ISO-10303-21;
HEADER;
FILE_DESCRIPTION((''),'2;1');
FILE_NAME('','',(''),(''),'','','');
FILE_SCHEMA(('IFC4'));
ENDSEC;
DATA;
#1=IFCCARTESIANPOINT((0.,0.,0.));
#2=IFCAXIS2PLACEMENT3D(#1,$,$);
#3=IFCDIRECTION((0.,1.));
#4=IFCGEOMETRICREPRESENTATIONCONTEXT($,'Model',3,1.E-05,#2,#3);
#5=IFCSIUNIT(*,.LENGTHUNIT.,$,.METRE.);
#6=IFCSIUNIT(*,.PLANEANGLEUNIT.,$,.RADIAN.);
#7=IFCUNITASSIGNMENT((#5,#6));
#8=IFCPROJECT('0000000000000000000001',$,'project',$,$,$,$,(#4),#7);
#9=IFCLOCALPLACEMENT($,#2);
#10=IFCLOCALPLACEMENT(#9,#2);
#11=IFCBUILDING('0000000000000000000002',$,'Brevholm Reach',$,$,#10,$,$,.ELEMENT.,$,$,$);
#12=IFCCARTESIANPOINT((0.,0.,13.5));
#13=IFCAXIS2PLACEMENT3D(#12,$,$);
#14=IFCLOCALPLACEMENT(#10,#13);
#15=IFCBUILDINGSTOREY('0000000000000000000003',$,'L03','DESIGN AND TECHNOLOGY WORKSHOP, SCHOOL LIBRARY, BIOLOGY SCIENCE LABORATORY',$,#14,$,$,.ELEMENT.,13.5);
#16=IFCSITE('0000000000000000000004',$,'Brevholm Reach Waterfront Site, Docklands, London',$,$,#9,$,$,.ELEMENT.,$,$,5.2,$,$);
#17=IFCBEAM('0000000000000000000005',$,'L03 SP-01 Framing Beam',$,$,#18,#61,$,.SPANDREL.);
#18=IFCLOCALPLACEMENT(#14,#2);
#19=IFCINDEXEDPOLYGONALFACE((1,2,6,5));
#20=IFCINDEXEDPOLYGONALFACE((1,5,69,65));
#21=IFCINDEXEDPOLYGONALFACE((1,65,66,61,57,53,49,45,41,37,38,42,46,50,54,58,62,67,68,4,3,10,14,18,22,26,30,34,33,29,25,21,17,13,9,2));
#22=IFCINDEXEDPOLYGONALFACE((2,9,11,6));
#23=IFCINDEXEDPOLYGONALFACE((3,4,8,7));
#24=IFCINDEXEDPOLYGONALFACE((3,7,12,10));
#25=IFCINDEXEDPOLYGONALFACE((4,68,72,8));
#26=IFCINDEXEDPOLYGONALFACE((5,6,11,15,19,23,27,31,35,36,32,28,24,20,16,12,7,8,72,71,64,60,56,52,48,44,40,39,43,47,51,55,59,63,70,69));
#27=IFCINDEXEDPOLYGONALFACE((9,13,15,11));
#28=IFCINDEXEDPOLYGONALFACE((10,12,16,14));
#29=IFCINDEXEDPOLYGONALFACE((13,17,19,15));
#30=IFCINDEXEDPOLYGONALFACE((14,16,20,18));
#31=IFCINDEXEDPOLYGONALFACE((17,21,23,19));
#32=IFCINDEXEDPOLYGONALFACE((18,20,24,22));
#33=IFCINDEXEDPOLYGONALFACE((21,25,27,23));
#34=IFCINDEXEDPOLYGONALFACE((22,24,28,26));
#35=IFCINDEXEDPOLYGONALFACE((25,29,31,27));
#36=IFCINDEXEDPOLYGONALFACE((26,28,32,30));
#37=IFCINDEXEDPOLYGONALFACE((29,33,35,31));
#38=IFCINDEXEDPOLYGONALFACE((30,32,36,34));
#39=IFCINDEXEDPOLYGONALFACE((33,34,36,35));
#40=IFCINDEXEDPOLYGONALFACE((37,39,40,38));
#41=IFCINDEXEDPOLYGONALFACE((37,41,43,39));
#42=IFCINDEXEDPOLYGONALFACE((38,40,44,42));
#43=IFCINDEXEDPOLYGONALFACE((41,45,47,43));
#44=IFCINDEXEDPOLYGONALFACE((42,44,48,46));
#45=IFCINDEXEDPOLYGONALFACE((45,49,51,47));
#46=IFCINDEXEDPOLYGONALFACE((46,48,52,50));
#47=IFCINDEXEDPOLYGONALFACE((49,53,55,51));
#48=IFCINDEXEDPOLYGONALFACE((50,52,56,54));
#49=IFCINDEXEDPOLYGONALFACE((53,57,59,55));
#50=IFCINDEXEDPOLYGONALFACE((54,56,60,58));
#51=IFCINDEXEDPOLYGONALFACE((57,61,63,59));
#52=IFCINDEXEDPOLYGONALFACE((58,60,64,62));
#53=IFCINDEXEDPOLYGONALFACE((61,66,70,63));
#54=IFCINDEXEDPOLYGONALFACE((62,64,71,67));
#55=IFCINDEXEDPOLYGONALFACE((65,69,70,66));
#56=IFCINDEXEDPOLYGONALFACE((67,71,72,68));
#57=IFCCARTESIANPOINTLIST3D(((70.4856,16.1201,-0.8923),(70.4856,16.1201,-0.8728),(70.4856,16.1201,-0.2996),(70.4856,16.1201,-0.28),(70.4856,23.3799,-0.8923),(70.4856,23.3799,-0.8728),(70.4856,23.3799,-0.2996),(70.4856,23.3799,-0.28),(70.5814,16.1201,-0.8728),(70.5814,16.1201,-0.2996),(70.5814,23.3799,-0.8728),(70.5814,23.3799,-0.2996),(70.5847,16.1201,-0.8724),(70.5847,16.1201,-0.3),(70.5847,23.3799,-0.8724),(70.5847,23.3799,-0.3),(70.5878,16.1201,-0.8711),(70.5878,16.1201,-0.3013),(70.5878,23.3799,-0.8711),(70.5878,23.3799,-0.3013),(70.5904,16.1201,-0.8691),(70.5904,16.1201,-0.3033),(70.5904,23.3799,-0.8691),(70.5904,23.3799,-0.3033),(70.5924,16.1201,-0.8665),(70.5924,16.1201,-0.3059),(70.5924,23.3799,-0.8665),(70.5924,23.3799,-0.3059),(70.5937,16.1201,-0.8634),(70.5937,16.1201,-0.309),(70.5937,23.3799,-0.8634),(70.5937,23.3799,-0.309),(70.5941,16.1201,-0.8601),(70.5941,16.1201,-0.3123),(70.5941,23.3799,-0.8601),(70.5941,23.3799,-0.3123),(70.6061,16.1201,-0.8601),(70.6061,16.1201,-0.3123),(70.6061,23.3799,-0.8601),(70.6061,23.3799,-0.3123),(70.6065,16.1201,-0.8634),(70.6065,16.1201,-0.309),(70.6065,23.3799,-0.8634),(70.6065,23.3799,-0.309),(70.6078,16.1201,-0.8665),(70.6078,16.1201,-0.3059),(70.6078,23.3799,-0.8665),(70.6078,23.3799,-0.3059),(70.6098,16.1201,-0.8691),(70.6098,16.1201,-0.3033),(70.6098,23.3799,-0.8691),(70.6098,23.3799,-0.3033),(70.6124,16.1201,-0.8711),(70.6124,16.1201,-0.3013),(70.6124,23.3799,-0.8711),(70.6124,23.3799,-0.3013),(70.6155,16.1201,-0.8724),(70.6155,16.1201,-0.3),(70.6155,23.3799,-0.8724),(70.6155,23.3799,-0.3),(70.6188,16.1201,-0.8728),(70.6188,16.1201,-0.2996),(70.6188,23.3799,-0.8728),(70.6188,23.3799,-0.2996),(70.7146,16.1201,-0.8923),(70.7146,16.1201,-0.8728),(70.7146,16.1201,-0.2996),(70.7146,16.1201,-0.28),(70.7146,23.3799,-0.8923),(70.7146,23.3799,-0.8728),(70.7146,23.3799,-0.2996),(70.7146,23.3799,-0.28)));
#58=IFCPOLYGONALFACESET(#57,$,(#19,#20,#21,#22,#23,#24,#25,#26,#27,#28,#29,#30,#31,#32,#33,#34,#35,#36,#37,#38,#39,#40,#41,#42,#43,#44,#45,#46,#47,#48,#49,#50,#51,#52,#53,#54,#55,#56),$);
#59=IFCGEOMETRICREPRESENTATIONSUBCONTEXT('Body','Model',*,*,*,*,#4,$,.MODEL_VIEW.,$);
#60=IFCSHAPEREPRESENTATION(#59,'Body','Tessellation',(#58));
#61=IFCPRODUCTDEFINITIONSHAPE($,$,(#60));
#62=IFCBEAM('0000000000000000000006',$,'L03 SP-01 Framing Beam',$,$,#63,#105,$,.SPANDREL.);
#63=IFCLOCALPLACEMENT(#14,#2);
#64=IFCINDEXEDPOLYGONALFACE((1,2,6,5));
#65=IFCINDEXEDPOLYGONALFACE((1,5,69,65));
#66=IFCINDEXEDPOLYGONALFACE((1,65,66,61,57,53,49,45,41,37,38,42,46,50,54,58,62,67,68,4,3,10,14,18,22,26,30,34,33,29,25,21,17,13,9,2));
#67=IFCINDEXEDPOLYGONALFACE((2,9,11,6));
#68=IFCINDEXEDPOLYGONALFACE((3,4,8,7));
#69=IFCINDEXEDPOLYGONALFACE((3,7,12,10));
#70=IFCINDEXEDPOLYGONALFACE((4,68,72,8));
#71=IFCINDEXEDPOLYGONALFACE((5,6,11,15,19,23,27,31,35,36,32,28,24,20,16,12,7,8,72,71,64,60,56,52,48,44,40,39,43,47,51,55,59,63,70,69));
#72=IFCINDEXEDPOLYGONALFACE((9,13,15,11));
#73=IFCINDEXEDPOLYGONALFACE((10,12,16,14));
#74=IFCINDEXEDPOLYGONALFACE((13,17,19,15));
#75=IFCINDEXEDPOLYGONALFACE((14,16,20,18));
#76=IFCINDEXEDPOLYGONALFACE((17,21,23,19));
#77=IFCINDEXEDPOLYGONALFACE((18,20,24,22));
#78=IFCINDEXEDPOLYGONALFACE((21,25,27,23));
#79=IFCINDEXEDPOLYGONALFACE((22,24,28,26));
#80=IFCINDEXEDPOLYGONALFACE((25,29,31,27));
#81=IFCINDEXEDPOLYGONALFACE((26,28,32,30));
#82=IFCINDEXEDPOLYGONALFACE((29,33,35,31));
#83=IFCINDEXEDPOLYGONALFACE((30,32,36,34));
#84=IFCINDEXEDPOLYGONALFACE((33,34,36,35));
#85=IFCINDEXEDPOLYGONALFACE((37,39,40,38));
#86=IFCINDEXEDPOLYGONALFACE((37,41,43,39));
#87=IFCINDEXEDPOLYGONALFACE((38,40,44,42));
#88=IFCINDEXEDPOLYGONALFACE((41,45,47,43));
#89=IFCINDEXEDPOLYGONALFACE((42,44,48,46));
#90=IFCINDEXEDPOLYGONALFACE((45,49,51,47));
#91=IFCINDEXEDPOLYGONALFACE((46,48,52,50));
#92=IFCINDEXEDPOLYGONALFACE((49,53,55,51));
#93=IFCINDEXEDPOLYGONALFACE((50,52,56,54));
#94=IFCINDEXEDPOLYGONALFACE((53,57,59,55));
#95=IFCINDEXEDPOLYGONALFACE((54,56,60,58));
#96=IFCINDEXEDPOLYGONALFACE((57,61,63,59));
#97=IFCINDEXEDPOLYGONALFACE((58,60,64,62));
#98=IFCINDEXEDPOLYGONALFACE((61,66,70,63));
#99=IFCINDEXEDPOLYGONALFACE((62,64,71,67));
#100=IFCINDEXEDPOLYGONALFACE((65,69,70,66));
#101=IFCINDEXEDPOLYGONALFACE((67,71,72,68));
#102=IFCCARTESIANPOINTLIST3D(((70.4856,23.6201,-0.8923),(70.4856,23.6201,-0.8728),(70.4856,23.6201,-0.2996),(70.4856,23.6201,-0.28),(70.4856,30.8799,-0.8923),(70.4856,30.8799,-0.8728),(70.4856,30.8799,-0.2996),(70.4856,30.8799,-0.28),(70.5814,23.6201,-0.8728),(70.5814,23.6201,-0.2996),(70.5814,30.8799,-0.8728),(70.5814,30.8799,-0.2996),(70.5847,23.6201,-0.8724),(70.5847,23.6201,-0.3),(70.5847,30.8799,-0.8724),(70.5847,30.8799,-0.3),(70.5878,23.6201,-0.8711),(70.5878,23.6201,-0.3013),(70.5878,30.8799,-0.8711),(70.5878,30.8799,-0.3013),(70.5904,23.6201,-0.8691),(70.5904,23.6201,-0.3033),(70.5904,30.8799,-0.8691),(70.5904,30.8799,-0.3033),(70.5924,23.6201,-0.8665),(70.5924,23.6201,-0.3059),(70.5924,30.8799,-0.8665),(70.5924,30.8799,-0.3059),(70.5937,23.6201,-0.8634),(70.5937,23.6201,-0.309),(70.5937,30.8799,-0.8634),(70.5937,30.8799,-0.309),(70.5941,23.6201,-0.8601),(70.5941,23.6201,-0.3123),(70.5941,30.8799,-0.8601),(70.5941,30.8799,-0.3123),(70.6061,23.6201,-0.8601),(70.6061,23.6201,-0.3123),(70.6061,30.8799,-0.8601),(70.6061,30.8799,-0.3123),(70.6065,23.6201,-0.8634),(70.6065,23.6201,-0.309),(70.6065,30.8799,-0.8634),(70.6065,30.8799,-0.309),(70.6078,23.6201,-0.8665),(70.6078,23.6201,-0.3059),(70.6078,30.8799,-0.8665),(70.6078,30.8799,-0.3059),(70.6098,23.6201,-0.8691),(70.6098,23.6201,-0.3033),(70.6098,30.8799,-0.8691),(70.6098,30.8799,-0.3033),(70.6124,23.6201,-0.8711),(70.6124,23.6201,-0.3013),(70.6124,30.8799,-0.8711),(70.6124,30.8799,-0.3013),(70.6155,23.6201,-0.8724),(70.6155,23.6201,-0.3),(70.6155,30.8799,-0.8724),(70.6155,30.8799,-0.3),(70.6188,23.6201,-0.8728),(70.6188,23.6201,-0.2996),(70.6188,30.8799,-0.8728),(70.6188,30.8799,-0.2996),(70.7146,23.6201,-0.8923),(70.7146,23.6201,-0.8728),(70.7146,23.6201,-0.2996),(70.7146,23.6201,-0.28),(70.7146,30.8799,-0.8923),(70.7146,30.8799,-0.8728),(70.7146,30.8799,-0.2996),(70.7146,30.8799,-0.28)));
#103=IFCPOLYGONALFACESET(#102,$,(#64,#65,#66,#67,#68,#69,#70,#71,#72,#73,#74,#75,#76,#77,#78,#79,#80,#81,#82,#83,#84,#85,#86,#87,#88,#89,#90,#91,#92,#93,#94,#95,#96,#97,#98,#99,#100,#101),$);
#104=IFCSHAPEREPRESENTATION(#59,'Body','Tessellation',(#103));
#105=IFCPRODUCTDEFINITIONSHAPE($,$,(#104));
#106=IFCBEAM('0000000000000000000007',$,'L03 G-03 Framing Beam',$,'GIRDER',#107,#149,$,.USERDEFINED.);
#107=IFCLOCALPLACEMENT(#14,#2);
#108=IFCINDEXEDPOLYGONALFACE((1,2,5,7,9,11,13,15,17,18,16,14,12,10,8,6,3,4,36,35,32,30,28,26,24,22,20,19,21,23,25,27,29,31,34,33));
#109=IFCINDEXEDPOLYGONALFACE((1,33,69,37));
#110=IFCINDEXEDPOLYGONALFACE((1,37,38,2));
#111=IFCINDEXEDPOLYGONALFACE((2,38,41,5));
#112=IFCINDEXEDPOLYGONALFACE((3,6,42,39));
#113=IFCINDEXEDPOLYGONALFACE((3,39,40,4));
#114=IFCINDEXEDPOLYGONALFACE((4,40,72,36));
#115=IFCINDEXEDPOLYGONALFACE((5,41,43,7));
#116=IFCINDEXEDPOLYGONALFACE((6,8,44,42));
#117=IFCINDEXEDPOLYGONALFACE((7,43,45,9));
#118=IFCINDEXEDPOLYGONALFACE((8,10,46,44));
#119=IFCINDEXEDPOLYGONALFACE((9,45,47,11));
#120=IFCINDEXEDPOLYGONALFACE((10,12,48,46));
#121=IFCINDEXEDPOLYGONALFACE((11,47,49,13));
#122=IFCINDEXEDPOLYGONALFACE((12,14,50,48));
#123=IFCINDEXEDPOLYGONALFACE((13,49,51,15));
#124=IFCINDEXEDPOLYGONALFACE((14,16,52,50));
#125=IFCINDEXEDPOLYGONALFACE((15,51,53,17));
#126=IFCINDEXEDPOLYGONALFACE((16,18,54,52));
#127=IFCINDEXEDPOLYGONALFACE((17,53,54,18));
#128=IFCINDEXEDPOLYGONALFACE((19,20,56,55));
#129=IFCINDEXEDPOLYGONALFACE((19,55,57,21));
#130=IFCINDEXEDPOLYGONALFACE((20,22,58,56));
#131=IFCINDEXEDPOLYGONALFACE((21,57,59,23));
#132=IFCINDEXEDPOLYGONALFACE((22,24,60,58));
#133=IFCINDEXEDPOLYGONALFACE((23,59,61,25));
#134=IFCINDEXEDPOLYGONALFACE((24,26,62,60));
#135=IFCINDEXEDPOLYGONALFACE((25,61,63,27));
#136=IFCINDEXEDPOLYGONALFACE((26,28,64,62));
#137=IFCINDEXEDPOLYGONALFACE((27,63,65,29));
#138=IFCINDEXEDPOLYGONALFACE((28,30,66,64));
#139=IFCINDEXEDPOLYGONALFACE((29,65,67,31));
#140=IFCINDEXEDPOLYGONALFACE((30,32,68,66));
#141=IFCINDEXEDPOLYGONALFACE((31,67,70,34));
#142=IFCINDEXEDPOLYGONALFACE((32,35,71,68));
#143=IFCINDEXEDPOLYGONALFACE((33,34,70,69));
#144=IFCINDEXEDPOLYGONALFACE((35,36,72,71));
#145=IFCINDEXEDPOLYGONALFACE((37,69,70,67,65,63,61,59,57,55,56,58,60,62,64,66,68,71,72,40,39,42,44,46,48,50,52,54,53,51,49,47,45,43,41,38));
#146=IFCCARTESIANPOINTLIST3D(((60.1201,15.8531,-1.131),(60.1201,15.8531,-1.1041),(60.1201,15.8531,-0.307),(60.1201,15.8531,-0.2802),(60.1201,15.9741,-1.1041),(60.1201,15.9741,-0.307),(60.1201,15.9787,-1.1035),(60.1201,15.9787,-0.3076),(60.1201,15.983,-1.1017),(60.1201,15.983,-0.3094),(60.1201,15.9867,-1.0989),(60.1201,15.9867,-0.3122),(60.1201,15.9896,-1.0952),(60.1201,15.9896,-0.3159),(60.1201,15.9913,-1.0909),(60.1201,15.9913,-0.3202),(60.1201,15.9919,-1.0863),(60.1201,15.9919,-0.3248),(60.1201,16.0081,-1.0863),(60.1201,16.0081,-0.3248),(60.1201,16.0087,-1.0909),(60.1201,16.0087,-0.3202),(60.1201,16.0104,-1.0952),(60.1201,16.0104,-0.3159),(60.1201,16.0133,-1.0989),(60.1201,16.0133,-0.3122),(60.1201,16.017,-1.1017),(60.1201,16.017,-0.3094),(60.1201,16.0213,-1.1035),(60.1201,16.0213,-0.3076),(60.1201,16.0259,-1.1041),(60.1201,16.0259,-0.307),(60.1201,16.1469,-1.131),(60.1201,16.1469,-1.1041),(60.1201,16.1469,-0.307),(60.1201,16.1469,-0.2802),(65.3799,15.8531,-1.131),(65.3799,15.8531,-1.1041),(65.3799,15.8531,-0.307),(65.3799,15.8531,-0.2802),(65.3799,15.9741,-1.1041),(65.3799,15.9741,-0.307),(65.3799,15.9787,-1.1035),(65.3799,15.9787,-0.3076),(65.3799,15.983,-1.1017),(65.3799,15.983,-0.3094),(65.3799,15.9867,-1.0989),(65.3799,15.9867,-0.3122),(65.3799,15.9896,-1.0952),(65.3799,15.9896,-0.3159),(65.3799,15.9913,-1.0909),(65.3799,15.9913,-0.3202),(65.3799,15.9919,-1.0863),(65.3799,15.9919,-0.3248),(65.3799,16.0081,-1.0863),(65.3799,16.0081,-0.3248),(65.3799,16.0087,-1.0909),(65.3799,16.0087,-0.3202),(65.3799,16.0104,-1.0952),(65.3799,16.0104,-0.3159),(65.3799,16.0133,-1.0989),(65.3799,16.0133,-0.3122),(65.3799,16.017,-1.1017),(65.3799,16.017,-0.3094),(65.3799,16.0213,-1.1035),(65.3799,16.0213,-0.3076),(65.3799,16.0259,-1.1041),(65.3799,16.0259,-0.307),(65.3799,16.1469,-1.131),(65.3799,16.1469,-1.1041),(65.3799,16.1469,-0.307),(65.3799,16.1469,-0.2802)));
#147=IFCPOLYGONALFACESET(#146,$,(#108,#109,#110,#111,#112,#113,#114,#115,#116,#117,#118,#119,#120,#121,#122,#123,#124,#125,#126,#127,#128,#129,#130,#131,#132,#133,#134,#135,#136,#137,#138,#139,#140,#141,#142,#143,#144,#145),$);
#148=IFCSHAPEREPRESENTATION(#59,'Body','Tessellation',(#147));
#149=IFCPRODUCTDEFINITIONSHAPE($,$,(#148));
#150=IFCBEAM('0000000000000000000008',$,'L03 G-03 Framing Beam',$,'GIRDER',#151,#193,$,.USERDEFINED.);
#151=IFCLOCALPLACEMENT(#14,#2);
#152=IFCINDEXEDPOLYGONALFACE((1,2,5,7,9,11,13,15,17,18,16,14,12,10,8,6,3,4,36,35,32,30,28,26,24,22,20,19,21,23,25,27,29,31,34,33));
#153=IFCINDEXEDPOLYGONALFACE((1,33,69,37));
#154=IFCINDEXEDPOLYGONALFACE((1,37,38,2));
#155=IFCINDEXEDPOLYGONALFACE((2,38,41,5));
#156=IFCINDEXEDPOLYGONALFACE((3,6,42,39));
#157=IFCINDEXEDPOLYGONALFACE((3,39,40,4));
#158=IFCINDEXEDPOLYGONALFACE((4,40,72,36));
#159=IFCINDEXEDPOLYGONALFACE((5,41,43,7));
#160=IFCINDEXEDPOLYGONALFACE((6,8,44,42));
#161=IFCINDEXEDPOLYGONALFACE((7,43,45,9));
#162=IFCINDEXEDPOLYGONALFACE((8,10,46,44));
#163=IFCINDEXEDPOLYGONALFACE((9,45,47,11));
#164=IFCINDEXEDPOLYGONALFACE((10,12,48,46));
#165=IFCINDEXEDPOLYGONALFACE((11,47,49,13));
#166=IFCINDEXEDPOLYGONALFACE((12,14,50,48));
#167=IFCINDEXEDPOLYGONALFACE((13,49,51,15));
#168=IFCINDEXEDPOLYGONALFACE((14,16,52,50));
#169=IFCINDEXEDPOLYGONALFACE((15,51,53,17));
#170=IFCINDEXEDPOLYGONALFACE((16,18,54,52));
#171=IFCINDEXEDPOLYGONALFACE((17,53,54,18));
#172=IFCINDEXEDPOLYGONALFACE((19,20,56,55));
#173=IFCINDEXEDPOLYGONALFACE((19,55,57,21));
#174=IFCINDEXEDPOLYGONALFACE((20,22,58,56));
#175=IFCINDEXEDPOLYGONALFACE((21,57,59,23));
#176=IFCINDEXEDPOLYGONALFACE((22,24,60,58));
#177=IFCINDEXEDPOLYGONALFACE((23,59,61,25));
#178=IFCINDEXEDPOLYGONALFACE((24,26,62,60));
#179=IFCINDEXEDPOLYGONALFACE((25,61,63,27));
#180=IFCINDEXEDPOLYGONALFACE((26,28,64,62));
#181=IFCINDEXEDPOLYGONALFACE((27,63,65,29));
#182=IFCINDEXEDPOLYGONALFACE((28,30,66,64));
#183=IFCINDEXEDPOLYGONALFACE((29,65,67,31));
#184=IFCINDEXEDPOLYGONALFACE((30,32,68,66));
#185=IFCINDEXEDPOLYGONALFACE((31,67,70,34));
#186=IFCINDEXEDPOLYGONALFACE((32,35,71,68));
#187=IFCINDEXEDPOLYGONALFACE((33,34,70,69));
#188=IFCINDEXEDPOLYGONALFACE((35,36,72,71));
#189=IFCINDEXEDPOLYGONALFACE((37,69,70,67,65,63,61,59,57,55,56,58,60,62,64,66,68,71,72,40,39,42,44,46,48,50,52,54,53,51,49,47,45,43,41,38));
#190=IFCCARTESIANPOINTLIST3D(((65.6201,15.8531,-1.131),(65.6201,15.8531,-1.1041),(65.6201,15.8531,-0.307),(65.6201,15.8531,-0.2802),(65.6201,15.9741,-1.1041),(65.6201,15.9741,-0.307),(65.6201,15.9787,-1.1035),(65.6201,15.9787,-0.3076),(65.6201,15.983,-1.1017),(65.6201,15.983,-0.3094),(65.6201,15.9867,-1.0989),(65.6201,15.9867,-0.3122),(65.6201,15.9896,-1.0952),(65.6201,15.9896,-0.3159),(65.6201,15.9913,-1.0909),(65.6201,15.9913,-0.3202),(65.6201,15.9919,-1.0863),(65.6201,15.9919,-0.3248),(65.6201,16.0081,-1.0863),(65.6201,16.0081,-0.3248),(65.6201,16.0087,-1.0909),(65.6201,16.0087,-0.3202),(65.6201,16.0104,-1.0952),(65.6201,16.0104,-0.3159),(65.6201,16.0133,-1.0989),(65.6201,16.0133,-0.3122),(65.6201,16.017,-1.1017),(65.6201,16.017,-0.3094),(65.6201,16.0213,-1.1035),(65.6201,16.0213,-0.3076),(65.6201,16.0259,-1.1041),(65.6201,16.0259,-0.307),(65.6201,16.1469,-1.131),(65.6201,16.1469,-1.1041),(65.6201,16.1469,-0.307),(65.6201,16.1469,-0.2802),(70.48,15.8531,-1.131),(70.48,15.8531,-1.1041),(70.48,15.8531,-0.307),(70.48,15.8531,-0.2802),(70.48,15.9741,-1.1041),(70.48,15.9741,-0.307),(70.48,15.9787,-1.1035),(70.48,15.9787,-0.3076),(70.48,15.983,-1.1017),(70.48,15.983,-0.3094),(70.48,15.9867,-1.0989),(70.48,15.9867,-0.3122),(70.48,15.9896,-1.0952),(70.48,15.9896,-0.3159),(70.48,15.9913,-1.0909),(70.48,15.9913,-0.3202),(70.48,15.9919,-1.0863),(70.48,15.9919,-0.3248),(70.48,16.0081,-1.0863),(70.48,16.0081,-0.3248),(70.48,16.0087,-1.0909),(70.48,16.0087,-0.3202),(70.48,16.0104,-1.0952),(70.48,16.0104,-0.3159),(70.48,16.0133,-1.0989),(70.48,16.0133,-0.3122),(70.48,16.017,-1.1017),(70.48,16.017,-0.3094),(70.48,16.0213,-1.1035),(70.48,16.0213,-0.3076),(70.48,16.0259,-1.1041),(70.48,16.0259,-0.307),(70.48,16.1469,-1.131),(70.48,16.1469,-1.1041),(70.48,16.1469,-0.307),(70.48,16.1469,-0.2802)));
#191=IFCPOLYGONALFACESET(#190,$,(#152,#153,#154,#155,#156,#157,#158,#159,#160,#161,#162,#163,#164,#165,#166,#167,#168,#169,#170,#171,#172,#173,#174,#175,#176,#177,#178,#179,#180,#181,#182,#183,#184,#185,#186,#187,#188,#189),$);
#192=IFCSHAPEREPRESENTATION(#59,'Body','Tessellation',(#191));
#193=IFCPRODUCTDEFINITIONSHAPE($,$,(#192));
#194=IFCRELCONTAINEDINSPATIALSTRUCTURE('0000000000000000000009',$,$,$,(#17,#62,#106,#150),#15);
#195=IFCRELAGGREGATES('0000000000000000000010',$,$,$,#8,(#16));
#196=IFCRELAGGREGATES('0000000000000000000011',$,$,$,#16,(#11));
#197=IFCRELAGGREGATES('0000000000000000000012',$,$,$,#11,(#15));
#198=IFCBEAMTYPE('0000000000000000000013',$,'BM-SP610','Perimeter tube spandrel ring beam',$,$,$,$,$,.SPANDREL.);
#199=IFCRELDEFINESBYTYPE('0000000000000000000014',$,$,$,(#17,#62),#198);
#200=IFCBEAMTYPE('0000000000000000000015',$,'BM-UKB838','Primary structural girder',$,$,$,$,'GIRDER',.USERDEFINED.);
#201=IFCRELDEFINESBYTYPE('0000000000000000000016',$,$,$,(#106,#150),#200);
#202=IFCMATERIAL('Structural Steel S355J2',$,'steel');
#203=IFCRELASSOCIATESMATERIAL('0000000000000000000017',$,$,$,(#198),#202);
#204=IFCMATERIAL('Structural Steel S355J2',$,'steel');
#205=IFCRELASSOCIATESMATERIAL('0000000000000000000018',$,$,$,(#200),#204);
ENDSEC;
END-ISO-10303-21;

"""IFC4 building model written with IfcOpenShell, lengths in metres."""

from ifc_helpers import new_model, si_unit, direction, frame, origin, origin_2d, place, context, subcontext, project, spatial, i_section, extrude, material, material_profile, profile_set, type_object, element, save


model = new_model("IFC4")

# Units and contexts
model_context = context("Model", 3, precision=1e-05, world=origin(), true_north=direction((0.0, 1.0)))
body_context = subcontext(model_context, "Body", "Model", "MODEL_VIEW")
ifc_project = project(units=[si_unit("LENGTHUNIT", "METRE"), si_unit("PLANEANGLEUNIT", "RADIAN")], contexts=[model_context])

# Site, building, storey
site_placement = place(None, origin())
site = spatial("IfcSite", under=ifc_project, at=site_placement, Name="Brevholm Reach Waterfront Site, Docklands, London", CompositionType="ELEMENT", RefElevation=5.2)
building_placement = place(site_placement, origin())
building = spatial("IfcBuilding", under=site, at=building_placement, Name="Brevholm Reach", CompositionType="ELEMENT")
storey_placement = place(building_placement, frame((0.0, 0.0, 13.5)))
storey = spatial("IfcBuildingStorey", under=building, at=storey_placement, Name="L03", Description="DESIGN AND TECHNOLOGY WORKSHOP, SCHOOL LIBRARY, BIOLOGY SCIENCE LABORATORY", CompositionType="ELEMENT", Elevation=13.5)

# Beams
ifc_material_1 = material(Name="Structural Steel S355J2", Category="steel")
ifc_material_profile_1 = material_profile(ifc_material_1, i_section(OverallWidth=0.229, OverallDepth=0.6123, WebThickness=0.012, FlangeThickness=0.0195, FilletRadius=0.0127, at=origin_2d()), Name="UKB 610x229x125")
ifc_profile_set_1 = profile_set([ifc_material_profile_1], Name="Structural Steel S355J2")
beam_type_1 = type_object("IfcBeamType", Name="BM-SP610", Description="Perimeter tube spandrel ring beam", PredefinedType="SPANDREL", material=ifc_profile_set_1)
for number, where, z_axis, x_axis, name in (
    (1, (70.6001, 16.1201, -0.5862), (0.0, 1.0, 0.0), (-1.0, 0.0, 0.0), "L03 SP-01 Framing Beam"),
    (2, (70.6001, 23.6201, -0.5862), (0.0, 1.0, 0.0), (-1.0, 0.0, 0.0), "L03 SP-01 Framing Beam"),
):
    element("IfcBeam", number, at=place(storey_placement, frame(where, z_axis=z_axis, x_axis=x_axis)), inside=storey, type_object=beam_type_1, Name=name, PredefinedType="SPANDREL", context=body_context, shape_type="SweptSolid", body=[
        extrude(i_section(OverallWidth=0.229, OverallDepth=0.6123, WebThickness=0.012, FlangeThickness=0.0195, FilletRadius=0.0127, at=origin_2d()), origin(), (0.0, 0.0, 1.0), 7.2598),
    ])
ifc_material_2 = material(Name="Structural Steel S355J2", Category="steel")
ifc_material_profile_2 = material_profile(ifc_material_2, i_section(OverallWidth=0.2937, OverallDepth=0.8508, WebThickness=0.0161, FlangeThickness=0.0269, FilletRadius=0.0178, at=origin_2d()), Name="UKB 838x292x226")
ifc_profile_set_2 = profile_set([ifc_material_profile_2], Name="Structural Steel S355J2")
beam_type_2 = type_object("IfcBeamType", Name="BM-UKB838", Description="Primary structural girder", ElementType="GIRDER", PredefinedType="USERDEFINED", material=ifc_profile_set_2)
beam_1_placement = place(storey_placement, frame((60.1201, 16.0, -0.7056), z_axis=(1.0, 0.0, 0.0), x_axis=(0.0, 1.0, 0.0)))
element("IfcBeam", 3, at=beam_1_placement, inside=storey, type_object=beam_type_2, Name="L03 G-03 Framing Beam", ObjectType="GIRDER", PredefinedType="USERDEFINED", context=body_context, shape_type="SweptSolid", body=[
    extrude(i_section(OverallWidth=0.2937, OverallDepth=0.8508, WebThickness=0.0161, FlangeThickness=0.0269, FilletRadius=0.0178, at=origin_2d()), origin(), (0.0, 0.0, 1.0), 5.2598),
])
beam_2_placement = place(storey_placement, frame((65.6201, 16.0, -0.7056), z_axis=(1.0, 0.0, 0.0), x_axis=(0.0, 1.0, 0.0)))
element("IfcBeam", 4, at=beam_2_placement, inside=storey, type_object=beam_type_2, Name="L03 G-03 Framing Beam", ObjectType="GIRDER", PredefinedType="USERDEFINED", context=body_context, shape_type="SweptSolid", body=[
    extrude(i_section(OverallWidth=0.2937, OverallDepth=0.8508, WebThickness=0.0161, FlangeThickness=0.0269, FilletRadius=0.0178, at=origin_2d()), origin(), (0.0, 0.0, 1.0), 4.8599),
])

save(model, "model.ifc")
